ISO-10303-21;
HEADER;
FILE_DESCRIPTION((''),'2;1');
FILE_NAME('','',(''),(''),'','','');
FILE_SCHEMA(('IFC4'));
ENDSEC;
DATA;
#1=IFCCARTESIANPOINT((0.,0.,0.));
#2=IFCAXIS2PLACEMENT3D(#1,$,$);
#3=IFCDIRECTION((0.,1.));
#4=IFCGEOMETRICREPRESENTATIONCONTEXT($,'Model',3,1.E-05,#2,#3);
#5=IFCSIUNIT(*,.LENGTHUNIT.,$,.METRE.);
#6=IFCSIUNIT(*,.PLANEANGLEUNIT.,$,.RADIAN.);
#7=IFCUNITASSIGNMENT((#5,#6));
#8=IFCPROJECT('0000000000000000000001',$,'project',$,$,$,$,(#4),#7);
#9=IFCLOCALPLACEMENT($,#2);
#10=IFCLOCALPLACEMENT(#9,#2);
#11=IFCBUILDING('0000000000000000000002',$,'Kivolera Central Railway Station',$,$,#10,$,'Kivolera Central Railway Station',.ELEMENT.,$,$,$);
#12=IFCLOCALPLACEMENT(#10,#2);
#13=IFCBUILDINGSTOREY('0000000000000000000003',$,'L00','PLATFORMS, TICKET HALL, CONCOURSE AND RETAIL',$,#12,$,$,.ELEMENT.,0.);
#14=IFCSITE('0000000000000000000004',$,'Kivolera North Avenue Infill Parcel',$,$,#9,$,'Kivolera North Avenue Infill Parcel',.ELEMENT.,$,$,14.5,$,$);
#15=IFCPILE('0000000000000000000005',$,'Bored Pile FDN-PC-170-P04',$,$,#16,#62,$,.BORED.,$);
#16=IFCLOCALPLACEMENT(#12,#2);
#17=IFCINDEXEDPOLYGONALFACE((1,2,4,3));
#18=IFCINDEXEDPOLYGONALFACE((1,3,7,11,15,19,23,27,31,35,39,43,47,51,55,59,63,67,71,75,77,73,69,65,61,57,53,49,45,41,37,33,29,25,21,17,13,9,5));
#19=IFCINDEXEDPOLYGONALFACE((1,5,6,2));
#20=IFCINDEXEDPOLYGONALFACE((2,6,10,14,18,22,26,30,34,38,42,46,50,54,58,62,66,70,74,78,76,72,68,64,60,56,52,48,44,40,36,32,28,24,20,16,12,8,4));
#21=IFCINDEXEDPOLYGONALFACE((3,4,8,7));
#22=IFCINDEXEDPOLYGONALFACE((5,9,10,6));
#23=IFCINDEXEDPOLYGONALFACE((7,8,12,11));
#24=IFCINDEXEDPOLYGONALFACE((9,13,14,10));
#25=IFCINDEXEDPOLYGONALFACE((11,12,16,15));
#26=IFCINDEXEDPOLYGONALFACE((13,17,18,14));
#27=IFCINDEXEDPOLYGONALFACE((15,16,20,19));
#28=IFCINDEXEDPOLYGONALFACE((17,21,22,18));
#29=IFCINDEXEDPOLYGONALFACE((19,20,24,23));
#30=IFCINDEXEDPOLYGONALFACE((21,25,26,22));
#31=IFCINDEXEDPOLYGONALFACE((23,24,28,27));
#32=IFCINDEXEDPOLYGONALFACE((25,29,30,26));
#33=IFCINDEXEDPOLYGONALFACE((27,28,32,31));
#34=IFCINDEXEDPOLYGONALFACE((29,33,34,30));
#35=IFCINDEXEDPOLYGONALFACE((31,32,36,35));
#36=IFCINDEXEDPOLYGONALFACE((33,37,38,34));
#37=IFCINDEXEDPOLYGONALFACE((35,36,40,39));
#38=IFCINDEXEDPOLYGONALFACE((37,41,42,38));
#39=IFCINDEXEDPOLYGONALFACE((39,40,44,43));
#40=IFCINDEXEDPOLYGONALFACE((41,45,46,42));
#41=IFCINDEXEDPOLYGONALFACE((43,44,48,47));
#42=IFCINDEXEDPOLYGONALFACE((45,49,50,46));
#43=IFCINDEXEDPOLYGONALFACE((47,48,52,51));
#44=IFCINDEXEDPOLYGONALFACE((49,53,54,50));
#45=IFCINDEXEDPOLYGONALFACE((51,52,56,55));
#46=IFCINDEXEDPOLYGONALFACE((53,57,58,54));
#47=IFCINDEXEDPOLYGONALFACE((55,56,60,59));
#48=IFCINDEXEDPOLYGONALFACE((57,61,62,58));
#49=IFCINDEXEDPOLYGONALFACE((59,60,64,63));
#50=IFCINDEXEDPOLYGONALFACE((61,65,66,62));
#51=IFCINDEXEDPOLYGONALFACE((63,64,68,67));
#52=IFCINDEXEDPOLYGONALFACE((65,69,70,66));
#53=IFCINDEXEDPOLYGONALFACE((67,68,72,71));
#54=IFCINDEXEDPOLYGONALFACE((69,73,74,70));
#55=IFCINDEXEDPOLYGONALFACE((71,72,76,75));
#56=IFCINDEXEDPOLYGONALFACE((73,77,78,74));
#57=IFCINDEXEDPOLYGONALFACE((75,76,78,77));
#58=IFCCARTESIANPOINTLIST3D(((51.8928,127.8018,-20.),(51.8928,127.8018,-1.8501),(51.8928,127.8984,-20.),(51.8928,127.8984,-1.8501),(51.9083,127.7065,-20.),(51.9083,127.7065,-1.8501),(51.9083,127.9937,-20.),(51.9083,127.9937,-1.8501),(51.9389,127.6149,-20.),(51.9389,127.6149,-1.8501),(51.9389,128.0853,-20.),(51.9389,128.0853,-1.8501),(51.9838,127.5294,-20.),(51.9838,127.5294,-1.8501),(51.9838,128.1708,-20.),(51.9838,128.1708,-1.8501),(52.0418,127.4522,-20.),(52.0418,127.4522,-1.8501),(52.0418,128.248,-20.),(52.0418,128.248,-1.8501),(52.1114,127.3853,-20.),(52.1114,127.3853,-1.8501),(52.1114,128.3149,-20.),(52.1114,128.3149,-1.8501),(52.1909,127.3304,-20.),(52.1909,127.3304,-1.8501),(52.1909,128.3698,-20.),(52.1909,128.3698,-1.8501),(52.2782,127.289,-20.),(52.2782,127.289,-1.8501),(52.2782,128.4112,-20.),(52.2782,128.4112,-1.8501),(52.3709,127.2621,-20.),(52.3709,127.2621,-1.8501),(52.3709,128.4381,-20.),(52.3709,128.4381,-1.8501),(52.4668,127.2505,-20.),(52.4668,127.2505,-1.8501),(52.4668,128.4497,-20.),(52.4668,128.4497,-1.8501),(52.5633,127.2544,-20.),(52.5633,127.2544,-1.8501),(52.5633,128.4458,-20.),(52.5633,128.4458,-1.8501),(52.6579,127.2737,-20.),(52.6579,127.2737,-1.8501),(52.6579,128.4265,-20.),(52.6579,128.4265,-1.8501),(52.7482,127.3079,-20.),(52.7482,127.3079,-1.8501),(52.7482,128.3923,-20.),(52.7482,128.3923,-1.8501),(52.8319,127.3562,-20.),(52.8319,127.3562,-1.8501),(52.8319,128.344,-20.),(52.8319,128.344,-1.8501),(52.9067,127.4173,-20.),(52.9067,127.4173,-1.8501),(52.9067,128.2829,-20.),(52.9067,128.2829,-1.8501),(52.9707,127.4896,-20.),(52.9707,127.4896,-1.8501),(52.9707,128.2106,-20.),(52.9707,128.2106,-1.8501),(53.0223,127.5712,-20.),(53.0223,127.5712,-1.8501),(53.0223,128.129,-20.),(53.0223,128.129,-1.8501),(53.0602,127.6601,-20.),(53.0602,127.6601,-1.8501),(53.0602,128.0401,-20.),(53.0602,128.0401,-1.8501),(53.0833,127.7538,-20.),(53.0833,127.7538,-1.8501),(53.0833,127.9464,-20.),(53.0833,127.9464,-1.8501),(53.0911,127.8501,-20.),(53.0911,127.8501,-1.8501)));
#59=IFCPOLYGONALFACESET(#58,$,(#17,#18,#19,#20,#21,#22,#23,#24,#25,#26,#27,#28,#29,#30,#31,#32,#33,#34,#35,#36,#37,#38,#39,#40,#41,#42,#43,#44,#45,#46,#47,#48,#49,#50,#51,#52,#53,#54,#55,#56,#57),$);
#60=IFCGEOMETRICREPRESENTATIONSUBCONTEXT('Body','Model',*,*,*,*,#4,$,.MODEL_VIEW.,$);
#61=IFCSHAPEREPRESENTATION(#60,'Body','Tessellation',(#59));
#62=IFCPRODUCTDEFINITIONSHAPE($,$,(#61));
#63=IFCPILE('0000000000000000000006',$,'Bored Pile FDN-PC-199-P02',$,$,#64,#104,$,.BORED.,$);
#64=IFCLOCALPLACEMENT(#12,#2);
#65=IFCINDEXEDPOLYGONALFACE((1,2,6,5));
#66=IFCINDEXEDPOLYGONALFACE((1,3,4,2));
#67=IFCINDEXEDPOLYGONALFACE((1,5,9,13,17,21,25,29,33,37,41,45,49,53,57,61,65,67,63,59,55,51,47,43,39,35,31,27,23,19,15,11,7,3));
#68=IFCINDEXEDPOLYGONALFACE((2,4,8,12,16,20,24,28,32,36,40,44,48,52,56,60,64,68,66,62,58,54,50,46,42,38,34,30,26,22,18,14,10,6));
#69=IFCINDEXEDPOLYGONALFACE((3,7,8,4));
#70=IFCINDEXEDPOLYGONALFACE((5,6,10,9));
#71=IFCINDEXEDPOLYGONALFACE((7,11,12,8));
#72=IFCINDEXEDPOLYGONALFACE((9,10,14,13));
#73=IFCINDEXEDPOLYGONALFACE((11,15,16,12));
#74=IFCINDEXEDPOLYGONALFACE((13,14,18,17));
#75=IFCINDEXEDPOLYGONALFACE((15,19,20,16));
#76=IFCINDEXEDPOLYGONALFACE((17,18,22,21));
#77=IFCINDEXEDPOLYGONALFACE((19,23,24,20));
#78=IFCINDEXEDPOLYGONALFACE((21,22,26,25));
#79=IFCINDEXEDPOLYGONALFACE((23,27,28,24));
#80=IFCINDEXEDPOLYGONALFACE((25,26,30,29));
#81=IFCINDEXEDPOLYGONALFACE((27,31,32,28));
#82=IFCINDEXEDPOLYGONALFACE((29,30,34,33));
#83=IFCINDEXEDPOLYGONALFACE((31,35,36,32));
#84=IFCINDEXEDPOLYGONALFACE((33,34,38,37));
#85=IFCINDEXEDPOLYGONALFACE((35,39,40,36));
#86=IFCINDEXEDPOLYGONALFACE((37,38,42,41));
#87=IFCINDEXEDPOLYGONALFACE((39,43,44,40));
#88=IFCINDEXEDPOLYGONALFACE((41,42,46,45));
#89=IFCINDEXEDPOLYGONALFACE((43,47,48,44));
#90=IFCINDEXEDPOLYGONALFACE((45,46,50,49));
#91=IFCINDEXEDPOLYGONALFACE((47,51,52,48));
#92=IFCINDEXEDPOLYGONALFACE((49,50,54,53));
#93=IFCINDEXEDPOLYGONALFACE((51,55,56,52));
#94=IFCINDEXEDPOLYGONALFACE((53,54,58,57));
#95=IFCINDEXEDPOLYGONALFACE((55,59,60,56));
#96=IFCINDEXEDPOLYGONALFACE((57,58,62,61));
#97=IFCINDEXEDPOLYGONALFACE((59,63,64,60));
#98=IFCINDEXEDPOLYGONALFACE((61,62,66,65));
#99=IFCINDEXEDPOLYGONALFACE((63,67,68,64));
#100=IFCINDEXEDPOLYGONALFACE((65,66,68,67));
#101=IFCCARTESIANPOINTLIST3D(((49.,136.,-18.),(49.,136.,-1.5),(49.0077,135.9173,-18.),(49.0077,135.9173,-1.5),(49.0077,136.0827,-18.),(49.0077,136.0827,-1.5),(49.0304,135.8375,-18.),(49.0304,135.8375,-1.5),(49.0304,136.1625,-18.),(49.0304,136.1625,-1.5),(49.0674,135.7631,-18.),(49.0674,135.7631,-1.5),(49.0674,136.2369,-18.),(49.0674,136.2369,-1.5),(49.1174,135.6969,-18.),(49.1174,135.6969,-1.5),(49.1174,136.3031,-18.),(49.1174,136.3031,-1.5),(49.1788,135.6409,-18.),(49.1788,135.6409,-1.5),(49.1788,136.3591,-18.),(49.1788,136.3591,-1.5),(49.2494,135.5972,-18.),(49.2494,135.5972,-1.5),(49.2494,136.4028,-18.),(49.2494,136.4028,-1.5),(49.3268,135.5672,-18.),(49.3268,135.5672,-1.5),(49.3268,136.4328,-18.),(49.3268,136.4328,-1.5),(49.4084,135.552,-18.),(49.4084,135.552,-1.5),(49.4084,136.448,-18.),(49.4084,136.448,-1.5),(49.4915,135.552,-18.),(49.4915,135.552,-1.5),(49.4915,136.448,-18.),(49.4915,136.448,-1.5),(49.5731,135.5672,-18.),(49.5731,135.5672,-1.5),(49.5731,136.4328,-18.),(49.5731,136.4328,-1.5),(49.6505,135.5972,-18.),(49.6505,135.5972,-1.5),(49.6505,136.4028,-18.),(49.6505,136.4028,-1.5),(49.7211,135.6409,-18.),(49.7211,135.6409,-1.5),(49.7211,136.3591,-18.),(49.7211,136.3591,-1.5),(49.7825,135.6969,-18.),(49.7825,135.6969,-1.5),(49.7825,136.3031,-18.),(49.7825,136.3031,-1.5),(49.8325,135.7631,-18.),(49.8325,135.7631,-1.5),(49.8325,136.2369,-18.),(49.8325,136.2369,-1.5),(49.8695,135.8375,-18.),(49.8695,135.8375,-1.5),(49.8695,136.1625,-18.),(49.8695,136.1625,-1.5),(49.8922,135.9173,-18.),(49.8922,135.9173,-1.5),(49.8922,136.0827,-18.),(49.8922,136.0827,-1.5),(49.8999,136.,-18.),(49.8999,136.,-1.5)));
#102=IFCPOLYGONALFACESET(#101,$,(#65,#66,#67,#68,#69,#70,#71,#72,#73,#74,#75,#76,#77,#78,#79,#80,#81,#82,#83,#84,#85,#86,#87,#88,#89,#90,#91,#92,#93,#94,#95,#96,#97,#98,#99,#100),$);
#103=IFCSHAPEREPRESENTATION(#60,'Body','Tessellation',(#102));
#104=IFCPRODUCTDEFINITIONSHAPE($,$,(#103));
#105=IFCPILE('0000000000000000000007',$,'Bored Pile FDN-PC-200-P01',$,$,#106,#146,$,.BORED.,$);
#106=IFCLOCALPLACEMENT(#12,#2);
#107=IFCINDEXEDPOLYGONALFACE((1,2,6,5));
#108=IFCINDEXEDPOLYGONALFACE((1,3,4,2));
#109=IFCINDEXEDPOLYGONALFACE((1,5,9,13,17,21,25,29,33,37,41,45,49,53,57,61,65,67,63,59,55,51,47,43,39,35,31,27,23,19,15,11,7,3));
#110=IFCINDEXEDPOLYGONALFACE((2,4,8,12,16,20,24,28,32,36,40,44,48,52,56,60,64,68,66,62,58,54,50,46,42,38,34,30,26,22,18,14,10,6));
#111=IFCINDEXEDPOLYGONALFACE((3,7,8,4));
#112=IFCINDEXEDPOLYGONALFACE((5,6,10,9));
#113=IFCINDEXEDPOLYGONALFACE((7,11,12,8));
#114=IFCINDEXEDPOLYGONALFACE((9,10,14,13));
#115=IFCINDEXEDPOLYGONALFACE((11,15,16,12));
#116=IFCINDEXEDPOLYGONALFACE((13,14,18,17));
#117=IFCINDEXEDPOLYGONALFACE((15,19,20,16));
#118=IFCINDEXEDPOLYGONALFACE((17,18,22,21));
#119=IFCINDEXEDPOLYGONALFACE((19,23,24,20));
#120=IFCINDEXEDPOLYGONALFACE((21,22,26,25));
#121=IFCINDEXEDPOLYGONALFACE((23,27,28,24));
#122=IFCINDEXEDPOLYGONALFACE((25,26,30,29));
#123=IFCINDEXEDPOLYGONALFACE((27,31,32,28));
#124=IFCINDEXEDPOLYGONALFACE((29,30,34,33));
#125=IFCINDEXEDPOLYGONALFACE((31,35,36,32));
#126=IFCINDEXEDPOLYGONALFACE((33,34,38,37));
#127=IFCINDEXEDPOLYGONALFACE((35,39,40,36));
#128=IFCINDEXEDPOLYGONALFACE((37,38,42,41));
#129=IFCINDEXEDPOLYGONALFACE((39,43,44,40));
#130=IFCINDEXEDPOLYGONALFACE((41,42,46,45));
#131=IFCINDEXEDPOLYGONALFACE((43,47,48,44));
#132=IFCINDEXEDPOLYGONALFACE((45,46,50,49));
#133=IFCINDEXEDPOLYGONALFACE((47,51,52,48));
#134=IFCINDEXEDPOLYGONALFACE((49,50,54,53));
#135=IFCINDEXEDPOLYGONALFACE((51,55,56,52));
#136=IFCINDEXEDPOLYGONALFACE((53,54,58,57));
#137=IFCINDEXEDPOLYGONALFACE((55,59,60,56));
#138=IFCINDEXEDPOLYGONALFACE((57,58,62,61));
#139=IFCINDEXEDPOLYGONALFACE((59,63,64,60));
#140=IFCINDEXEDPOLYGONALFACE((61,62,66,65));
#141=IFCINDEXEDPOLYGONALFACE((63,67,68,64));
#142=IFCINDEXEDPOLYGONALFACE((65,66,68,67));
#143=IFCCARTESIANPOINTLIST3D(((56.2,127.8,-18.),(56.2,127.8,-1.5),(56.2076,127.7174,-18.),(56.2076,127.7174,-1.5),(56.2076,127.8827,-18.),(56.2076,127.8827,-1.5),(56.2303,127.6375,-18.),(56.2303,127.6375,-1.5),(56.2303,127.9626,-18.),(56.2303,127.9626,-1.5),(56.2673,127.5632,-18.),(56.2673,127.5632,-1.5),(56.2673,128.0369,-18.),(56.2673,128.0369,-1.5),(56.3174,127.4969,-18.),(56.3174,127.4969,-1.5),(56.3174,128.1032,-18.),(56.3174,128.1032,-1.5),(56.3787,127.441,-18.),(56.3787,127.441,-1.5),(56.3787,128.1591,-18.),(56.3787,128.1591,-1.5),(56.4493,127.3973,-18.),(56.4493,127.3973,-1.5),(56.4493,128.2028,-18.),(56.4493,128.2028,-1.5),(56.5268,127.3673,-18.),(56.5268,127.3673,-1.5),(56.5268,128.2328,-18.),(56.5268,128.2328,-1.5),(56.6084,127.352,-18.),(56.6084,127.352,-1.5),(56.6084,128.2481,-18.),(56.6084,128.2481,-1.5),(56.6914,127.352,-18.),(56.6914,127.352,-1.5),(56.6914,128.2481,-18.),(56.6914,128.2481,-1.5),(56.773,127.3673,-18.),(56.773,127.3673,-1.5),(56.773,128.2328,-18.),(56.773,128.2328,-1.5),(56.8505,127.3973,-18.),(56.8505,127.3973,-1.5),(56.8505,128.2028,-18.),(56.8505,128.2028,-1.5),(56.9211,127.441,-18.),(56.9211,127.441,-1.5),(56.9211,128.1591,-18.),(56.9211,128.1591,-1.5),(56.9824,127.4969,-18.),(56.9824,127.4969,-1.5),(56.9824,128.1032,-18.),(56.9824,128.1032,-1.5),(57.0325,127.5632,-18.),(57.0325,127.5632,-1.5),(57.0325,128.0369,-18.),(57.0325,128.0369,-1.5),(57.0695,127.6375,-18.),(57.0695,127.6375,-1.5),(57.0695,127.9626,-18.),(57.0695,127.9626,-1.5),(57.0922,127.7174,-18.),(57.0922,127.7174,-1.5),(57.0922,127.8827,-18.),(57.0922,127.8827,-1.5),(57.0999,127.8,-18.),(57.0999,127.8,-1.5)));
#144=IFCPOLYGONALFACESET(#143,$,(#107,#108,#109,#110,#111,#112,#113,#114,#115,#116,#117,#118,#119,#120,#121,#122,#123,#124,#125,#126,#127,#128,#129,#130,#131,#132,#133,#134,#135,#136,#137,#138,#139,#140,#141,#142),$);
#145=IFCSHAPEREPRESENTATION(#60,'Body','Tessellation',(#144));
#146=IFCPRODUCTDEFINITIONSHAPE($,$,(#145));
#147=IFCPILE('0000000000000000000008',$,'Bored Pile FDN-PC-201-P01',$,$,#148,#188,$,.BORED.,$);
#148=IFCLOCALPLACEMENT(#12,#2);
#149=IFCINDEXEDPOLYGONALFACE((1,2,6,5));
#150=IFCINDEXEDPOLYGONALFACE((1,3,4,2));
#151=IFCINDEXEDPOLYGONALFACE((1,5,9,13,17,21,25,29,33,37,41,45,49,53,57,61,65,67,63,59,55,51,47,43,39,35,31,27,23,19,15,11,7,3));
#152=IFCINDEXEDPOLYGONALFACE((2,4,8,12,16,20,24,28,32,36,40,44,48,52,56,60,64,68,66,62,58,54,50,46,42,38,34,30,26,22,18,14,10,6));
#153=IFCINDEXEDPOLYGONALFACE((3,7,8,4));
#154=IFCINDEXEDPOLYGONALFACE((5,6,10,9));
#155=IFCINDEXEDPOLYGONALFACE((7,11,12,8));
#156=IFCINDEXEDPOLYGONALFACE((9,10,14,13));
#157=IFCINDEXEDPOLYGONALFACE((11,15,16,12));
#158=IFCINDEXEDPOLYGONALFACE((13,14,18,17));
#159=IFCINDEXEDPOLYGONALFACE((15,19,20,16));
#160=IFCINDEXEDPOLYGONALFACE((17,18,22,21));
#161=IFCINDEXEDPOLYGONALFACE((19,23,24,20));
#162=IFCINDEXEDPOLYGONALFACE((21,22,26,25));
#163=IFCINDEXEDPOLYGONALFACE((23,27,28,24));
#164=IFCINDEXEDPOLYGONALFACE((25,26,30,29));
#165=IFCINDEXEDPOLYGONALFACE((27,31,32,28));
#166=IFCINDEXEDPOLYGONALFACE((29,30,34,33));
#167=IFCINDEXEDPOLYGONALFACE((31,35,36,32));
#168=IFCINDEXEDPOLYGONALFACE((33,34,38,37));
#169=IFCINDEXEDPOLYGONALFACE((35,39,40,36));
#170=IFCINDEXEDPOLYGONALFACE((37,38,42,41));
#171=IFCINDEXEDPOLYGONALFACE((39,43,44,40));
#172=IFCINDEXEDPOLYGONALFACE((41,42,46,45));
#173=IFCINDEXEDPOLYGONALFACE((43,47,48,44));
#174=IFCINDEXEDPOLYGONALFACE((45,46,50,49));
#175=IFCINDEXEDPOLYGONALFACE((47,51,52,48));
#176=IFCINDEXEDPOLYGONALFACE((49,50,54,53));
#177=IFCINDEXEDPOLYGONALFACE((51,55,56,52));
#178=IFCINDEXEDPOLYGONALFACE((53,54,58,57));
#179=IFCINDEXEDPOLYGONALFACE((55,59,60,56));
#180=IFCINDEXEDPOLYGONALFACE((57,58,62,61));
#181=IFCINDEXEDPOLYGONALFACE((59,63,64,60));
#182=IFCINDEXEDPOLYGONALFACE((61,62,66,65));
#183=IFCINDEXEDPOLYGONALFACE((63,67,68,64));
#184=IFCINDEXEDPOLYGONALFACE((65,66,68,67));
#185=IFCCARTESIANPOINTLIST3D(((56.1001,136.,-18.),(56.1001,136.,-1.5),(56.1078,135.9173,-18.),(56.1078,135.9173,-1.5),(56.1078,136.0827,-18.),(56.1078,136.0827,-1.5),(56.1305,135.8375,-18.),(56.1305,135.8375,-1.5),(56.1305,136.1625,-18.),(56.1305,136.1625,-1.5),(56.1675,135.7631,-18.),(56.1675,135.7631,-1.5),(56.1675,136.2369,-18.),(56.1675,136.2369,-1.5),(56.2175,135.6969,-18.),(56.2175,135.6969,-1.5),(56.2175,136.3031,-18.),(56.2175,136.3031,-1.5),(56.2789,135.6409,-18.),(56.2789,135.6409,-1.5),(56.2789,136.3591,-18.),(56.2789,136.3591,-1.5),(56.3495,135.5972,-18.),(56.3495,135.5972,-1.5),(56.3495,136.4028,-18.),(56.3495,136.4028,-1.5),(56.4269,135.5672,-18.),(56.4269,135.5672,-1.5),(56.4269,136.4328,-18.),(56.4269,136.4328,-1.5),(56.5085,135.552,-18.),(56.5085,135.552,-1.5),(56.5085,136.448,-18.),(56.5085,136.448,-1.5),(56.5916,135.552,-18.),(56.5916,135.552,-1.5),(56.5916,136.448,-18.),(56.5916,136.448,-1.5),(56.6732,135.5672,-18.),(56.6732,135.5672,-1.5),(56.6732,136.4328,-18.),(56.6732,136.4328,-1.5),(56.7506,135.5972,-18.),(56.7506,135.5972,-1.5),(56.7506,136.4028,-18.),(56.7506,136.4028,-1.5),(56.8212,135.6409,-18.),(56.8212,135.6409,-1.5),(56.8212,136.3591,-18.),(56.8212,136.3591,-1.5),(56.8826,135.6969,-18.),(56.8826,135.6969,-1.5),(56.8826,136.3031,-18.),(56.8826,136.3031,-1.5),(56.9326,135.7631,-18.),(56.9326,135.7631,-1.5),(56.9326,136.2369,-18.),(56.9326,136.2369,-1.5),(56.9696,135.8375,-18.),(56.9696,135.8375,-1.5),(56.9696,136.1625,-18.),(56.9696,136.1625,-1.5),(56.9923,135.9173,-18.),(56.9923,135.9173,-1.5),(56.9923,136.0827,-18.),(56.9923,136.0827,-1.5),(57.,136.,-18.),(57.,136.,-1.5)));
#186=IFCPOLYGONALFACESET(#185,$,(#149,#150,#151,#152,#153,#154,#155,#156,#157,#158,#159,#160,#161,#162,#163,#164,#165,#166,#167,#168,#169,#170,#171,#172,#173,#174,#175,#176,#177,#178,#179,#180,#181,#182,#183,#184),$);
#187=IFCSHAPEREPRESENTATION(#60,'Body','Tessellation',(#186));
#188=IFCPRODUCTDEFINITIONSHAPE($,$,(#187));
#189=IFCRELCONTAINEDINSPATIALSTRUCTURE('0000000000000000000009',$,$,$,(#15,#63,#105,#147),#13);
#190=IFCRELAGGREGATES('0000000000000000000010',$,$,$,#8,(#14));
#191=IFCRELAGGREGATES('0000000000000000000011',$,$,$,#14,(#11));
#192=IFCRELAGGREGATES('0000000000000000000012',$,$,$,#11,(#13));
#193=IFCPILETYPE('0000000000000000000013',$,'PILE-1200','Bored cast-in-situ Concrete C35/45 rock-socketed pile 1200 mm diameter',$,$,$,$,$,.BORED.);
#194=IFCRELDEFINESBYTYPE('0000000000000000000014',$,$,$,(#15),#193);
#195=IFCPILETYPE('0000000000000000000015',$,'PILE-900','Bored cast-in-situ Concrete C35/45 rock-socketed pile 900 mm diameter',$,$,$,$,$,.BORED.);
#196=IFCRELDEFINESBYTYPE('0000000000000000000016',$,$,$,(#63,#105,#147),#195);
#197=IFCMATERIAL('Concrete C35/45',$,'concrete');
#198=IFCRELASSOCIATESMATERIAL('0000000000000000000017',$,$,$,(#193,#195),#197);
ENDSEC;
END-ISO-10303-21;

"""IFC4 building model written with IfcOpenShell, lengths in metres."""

from ifc_helpers import new_model, si_unit, direction, frame, origin, origin_2d, place, context, subcontext, project, spatial, circle, extrude, material, material_profile, profile_set, type_object, element, save


model = new_model("IFC4")

# Units and contexts
model_context = context("Model", 3, precision=1e-05, world=origin(), true_north=direction((0.0, 1.0)))
body_context = subcontext(model_context, "Body", "Model", "MODEL_VIEW")
ifc_project = project(units=[si_unit("LENGTHUNIT", "METRE"), si_unit("PLANEANGLEUNIT", "RADIAN")], contexts=[model_context])

# Site, building, storey
site_placement = place(None, origin())
site = spatial("IfcSite", under=ifc_project, at=site_placement, Name="Kivolera North Avenue Infill Parcel", LongName="Kivolera North Avenue Infill Parcel", CompositionType="ELEMENT", RefElevation=14.5)
building_placement = place(site_placement, origin())
building = spatial("IfcBuilding", under=site, at=building_placement, Name="Kivolera Central Railway Station", LongName="Kivolera Central Railway Station", CompositionType="ELEMENT")
storey_placement = place(building_placement, origin())
storey = spatial("IfcBuildingStorey", under=building, at=storey_placement, Name="L00", Description="PLATFORMS, TICKET HALL, CONCOURSE AND RETAIL", CompositionType="ELEMENT", Elevation=0.0)

# Shared definitions
ifc_material_1 = material(Name="Concrete C35/45", Category="concrete")

# Piles
ifc_material_profile_1 = material_profile(ifc_material_1, circle(Radius=0.6001, at=origin_2d()), Name="PILE D1200")
ifc_profile_set_1 = profile_set([ifc_material_profile_1], Name="Concrete C35/45")
pile_type_1 = type_object("IfcPileType", Name="PILE-1200", Description="Bored cast-in-situ Concrete C35/45 rock-socketed pile 1200 mm diameter", PredefinedType="BORED", material=ifc_profile_set_1)
for number, where, z_axis, x_axis, name in (
    (1, (52.491, 127.8501, -1.8501), (0.0, 0.0, -1.0), (1.0, 0.0, 0.0), "Bored Pile FDN-PC-170-P04"),
):
    element("IfcPile", number, at=place(storey_placement, frame(where, z_axis=z_axis, x_axis=x_axis)), inside=storey, type_object=pile_type_1, Name=name, PredefinedType="BORED", context=body_context, shape_type="SweptSolid", body=[
        extrude(circle(Radius=0.6001, at=origin_2d()), origin(), (0.0, 0.0, 1.0), 18.1499),
    ])
ifc_material_profile_2 = material_profile(ifc_material_1, circle(Radius=0.45, at=origin_2d()), Name="PILE D900")
ifc_profile_set_2 = profile_set([ifc_material_profile_2], Name="Concrete C35/45")
pile_type_2 = type_object("IfcPileType", Name="PILE-900", Description="Bored cast-in-situ Concrete C35/45 rock-socketed pile 900 mm diameter", PredefinedType="BORED", material=ifc_profile_set_2)
for number, where, z_axis, x_axis, name in (
    (2, (49.45, 136.0, -1.5), (0.0, 0.0, -1.0), (1.0, 0.0, 0.0), "Bored Pile FDN-PC-199-P02"),
    (3, (56.6499, 127.8, -1.5), (0.0, 0.0, -1.0), (1.0, 0.0, 0.0), "Bored Pile FDN-PC-200-P01"),
    (4, (56.55, 136.0, -1.5), (0.0, 0.0, -1.0), (1.0, 0.0, 0.0), "Bored Pile FDN-PC-201-P01"),
):
    element("IfcPile", number, at=place(storey_placement, frame(where, z_axis=z_axis, x_axis=x_axis)), inside=storey, type_object=pile_type_2, Name=name, PredefinedType="BORED", context=body_context, shape_type="SweptSolid", body=[
        extrude(circle(Radius=0.45, at=origin_2d()), origin(), (0.0, 0.0, 1.0), 16.5),
    ])

save(model, "model.ifc")
